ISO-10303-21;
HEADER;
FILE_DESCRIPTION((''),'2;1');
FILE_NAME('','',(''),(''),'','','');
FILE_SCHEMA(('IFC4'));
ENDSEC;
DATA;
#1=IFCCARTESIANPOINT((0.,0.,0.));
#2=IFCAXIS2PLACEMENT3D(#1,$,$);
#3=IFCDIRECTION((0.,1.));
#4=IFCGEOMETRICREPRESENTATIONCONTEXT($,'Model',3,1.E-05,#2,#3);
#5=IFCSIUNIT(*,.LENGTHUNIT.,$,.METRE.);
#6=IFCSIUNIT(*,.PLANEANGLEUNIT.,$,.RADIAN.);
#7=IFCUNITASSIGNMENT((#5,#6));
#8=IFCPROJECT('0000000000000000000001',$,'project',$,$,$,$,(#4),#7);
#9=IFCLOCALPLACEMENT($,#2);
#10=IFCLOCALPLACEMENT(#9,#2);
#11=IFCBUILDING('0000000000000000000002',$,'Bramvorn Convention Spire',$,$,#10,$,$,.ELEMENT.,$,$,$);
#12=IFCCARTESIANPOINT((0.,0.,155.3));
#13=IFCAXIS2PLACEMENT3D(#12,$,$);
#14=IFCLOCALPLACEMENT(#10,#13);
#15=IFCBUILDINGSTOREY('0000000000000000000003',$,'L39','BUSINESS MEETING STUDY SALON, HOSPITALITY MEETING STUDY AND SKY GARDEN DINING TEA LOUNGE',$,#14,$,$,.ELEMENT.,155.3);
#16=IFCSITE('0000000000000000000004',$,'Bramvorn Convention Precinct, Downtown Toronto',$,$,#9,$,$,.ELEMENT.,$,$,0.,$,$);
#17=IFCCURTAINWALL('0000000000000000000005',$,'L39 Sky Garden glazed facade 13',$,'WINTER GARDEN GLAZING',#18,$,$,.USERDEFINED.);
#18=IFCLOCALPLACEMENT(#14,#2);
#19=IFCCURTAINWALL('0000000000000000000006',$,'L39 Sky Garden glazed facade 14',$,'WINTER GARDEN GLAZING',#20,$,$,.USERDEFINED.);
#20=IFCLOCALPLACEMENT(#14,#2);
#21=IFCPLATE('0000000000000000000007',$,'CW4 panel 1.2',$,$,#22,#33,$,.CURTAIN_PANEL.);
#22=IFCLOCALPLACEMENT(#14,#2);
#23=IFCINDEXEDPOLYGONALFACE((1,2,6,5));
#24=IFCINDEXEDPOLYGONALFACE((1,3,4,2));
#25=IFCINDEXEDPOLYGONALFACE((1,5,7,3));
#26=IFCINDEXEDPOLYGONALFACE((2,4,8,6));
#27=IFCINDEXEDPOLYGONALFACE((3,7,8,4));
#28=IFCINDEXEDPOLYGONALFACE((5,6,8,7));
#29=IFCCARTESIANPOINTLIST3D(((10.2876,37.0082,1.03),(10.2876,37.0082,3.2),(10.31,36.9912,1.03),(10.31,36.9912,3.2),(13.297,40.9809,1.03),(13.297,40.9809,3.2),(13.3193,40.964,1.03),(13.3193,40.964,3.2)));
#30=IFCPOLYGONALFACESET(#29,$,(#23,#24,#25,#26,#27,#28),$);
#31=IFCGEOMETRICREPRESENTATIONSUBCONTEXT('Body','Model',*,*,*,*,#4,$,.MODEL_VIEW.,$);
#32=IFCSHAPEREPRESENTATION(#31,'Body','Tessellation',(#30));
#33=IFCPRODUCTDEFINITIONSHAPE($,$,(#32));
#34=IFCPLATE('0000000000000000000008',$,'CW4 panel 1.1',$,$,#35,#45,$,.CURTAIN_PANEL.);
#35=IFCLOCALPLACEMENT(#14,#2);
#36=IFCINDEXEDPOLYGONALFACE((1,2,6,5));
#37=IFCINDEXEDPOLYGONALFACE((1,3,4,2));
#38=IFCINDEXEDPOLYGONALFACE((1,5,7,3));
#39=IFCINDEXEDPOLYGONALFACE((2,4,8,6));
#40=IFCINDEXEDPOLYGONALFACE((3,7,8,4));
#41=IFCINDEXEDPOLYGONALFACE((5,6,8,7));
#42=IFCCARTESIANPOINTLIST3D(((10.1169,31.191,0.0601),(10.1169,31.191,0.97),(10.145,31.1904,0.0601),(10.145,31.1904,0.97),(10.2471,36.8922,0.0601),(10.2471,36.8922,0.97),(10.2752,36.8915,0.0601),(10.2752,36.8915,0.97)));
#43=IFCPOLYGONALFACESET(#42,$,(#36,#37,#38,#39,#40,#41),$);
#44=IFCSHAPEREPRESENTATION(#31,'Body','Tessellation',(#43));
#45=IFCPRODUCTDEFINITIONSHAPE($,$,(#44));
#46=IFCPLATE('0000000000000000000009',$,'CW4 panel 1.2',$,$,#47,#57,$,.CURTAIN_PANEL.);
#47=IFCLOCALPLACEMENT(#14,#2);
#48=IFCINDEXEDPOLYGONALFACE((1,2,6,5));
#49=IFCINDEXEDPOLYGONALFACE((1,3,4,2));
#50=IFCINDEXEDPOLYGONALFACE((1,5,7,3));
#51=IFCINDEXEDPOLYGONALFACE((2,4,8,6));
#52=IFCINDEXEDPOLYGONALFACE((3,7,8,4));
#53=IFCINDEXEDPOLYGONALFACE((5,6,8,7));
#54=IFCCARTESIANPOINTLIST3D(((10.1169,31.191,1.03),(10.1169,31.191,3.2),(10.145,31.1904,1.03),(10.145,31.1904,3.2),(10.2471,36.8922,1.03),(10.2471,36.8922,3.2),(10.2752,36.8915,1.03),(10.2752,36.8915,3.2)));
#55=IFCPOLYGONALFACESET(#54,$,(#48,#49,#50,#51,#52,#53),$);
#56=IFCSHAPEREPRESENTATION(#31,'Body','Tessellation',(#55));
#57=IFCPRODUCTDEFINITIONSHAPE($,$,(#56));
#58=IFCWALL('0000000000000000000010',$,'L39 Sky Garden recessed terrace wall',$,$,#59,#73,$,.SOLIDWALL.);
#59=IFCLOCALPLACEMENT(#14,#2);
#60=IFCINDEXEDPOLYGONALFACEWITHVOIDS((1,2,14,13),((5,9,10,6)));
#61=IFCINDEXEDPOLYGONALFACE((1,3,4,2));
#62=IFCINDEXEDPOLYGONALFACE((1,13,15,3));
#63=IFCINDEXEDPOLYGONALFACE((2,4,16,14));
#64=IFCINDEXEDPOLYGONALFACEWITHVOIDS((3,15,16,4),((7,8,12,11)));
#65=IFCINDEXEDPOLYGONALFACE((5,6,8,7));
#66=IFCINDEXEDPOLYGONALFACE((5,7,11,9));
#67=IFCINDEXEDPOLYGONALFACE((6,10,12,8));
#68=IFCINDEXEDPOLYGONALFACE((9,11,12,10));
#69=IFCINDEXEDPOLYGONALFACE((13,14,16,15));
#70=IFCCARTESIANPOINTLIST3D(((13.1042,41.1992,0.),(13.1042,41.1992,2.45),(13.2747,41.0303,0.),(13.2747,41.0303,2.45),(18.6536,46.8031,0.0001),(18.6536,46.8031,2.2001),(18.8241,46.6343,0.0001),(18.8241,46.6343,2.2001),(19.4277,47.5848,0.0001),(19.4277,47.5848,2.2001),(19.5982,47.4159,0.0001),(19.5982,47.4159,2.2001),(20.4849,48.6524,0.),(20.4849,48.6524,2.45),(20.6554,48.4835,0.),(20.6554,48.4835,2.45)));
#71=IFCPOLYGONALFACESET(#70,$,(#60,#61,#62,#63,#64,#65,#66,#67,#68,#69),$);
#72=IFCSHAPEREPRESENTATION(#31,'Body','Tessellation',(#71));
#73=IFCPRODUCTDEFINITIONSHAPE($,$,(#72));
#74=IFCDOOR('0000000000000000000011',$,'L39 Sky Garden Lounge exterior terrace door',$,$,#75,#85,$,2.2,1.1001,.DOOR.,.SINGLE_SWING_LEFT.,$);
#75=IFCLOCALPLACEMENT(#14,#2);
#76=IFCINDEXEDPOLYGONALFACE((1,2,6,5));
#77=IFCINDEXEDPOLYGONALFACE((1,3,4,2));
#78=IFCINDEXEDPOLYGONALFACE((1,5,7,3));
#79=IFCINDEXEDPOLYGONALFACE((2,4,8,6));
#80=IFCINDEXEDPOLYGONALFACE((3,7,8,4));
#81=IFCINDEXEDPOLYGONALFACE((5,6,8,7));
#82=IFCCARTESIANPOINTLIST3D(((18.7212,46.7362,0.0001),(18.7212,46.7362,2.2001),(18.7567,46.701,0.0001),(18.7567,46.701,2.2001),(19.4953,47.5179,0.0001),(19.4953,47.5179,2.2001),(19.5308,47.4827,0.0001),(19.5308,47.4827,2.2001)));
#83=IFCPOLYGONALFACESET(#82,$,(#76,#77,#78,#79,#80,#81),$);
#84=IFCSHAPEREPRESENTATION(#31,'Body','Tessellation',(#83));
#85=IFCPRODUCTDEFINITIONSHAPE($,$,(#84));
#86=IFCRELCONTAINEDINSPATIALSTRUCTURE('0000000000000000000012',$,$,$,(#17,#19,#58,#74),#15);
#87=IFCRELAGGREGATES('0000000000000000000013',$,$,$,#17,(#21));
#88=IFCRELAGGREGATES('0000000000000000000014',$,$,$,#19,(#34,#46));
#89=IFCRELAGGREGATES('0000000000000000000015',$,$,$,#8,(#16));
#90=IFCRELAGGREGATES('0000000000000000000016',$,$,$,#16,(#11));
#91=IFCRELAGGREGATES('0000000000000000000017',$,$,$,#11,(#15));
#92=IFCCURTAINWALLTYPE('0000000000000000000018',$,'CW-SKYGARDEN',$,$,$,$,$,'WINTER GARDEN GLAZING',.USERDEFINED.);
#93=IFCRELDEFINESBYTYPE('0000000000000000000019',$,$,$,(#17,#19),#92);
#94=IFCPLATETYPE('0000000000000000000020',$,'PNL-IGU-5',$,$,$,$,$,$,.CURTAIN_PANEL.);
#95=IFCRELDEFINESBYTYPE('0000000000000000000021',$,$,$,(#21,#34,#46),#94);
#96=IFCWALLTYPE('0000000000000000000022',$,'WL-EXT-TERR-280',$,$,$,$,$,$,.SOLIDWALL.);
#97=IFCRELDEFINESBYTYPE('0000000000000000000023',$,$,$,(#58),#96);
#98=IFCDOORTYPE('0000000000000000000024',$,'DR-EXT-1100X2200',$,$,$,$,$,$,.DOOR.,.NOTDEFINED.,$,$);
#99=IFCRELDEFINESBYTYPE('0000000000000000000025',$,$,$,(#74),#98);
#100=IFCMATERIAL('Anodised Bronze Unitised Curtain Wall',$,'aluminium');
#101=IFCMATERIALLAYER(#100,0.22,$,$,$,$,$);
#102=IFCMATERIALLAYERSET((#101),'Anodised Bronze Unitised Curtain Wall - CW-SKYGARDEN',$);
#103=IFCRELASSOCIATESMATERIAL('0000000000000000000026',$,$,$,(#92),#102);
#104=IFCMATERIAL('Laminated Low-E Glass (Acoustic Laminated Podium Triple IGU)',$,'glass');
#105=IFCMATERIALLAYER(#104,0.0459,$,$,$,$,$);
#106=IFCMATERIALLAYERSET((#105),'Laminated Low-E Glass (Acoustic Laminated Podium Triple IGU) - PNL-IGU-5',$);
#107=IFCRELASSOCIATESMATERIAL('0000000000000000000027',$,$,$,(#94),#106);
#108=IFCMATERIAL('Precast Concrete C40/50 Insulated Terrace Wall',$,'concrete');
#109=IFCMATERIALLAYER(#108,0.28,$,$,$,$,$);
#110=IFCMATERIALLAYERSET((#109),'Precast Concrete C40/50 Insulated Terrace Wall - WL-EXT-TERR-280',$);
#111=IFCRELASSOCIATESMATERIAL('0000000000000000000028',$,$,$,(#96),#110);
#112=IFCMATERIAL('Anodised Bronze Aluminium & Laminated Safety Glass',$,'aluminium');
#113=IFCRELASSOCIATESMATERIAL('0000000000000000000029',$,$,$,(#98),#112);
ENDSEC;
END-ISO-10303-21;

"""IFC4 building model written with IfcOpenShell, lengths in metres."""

from ifc_helpers import new_model, si_unit, direction, frame, frame_2d, origin, origin_2d, place, context, subcontext, project, spatial, rectangle, extrude, material, layer, layer_set, type_object, element, fill, aggregate, save


model = new_model("IFC4")

# Units and contexts
model_context = context("Model", 3, precision=1e-05, world=origin(), true_north=direction((0.0, 1.0)))
body_context = subcontext(model_context, "Body", "Model", "MODEL_VIEW")
ifc_project = project(units=[si_unit("LENGTHUNIT", "METRE"), si_unit("PLANEANGLEUNIT", "RADIAN")], contexts=[model_context])

# Site, building, storey
site_placement = place(None, origin())
site = spatial("IfcSite", under=ifc_project, at=site_placement, Name="Bramvorn Convention Precinct, Downtown Toronto", CompositionType="ELEMENT", RefElevation=0.0)
building_placement = place(site_placement, origin())
building = spatial("IfcBuilding", under=site, at=building_placement, Name="Bramvorn Convention Spire", CompositionType="ELEMENT")
storey_placement = place(building_placement, frame((0.0, 0.0, 155.3)))
storey = spatial("IfcBuildingStorey", under=building, at=storey_placement, Name="L39", Description="BUSINESS MEETING STUDY SALON, HOSPITALITY MEETING STUDY AND SKY GARDEN DINING TEA LOUNGE", CompositionType="ELEMENT", Elevation=155.3)

# Curtain wall
ifc_material_1 = material(Name="Anodised Bronze Unitised Curtain Wall", Category="aluminium")
ifc_layer_1 = layer(ifc_material_1, 0.22)
ifc_layer_set_1 = layer_set([ifc_layer_1], Name="Anodised Bronze Unitised Curtain Wall - CW-SKYGARDEN")
curtain_wall_type = type_object("IfcCurtainWallType", Name="CW-SKYGARDEN", ElementType="WINTER GARDEN GLAZING", PredefinedType="USERDEFINED", material=ifc_layer_set_1)
curtain_wall_1_placement = place(storey_placement, origin())
curtain_wall_1 = element("IfcCurtainWall", 1, at=curtain_wall_1_placement, inside=storey, type_object=curtain_wall_type, Name="L39 Sky Garden glazed facade 13", ObjectType="WINTER GARDEN GLAZING", PredefinedType="USERDEFINED")

# Curtain wall
curtain_wall_2_placement = place(storey_placement, origin())
curtain_wall_2 = element("IfcCurtainWall", 2, at=curtain_wall_2_placement, inside=storey, type_object=curtain_wall_type, Name="L39 Sky Garden glazed facade 14", ObjectType="WINTER GARDEN GLAZING", PredefinedType="USERDEFINED")

# Plates
ifc_material_2 = material(Name="Laminated Low-E Glass (Acoustic Laminated Podium Triple IGU)", Category="glass")
ifc_layer_2 = layer(ifc_material_2, 0.0459)
ifc_layer_set_2 = layer_set([ifc_layer_2], Name="Laminated Low-E Glass (Acoustic Laminated Podium Triple IGU) - PNL-IGU-5")
plate_type = type_object("IfcPlateType", Name="PNL-IGU-5", PredefinedType="CURTAIN_PANEL", material=ifc_layer_set_2)
plate_1_placement = place(storey_placement, frame((11.8035, 38.9861, 1.03), z_axis=(0.0, 0.0, 1.0), x_axis=(0.603821, 0.79712, 0.0)))
plate_1 = element("IfcPlate", 3, at=plate_1_placement, type_object=plate_type, Name="CW4 panel 1.2", PredefinedType="CURTAIN_PANEL", context=body_context, shape_type="SweptSolid", body=[
    extrude(rectangle(XDim=4.9839, YDim=0.0281, at=origin_2d()), origin(), (0.0, 0.0, 1.0), 2.1699),
])
aggregate(curtain_wall_1, [plate_1])
plate_2_placement = place(storey_placement, frame((10.196, 34.0413, 0.0601), z_axis=(0.0, 0.0, 1.0), x_axis=(0.022824, 0.999739, 0.0)))
plate_2 = element("IfcPlate", 4, at=plate_2_placement, type_object=plate_type, Name="CW4 panel 1.1", PredefinedType="CURTAIN_PANEL", context=body_context, shape_type="SweptSolid", body=[
    extrude(rectangle(XDim=5.7026, YDim=0.0281, at=origin_2d()), origin(), (0.0, 0.0, 1.0), 0.9099),
])
plate_3_placement = place(storey_placement, frame((10.196, 34.0413, 1.03), z_axis=(0.0, 0.0, 1.0), x_axis=(0.022824, 0.999739, 0.0)))
plate_3 = element("IfcPlate", 5, at=plate_3_placement, type_object=plate_type, Name="CW4 panel 1.2", PredefinedType="CURTAIN_PANEL", context=body_context, shape_type="SweptSolid", body=[
    extrude(rectangle(XDim=5.7026, YDim=0.0281, at=origin_2d()), origin(), (0.0, 0.0, 1.0), 2.1699),
])
aggregate(curtain_wall_2, [plate_2, plate_3])

# Wall, opening, door
ifc_material_3 = material(Name="Precast Concrete C40/50 Insulated Terrace Wall", Category="concrete")
ifc_layer_3 = layer(ifc_material_3, 0.28)
ifc_layer_set_3 = layer_set([ifc_layer_3], Name="Precast Concrete C40/50 Insulated Terrace Wall - WL-EXT-TERR-280")
wall_type = type_object("IfcWallType", Name="WL-EXT-TERR-280", PredefinedType="SOLIDWALL", material=ifc_layer_set_3)
wall_placement = place(storey_placement, frame((13.1895, 41.1147, 0.0), z_axis=(0.0, 0.0, 1.0), x_axis=(0.703642, 0.710555, 0.0)))
wall = element("IfcWall", 6, at=wall_placement, inside=storey, type_object=wall_type, Name="L39 Sky Garden recessed terrace wall", PredefinedType="SOLIDWALL", context=body_context, shape_type="SweptSolid", body=[
    extrude(rectangle(XDim=10.4893, YDim=0.24, at=frame_2d((5.2446, 0.0))), origin(), (0.0, 0.0, 1.0), 2.45),
])
opening_placement = place(wall_placement, frame((7.8867, 0.0, 0.0)))
opening = element("IfcOpeningElement", 7, at=opening_placement, cuts=wall, PredefinedType="OPENING", context=body_context, shape_type="SweptSolid", body=[
    extrude(rectangle(XDim=1.1001, YDim=2.2, at=frame_2d((0.55, 1.1001))), frame((0.0, 0.1299, 0.0), z_axis=(0.0, -1.0, 0.0), x_axis=(1.0, 0.0, 0.0)), (0.0, 0.0, 1.0), 0.26),
])
ifc_material_4 = material(Name="Anodised Bronze Aluminium & Laminated Safety Glass", Category="aluminium")
door_type = type_object("IfcDoorType", Name="DR-EXT-1100X2200", OperationType="NOTDEFINED", PredefinedType="DOOR", material=ifc_material_4)
door_placement = place(opening_placement, origin())
door = element("IfcDoor", 8, at=door_placement, inside=storey, type_object=door_type, Name="L39 Sky Garden Lounge exterior terrace door", OperationType="SINGLE_SWING_LEFT", OverallHeight=2.2, OverallWidth=1.1001, PredefinedType="DOOR", context=body_context, shape_type="SweptSolid", body=[
    extrude(rectangle(XDim=1.1001, YDim=2.2, at=frame_2d((0.55, 1.1001))), frame((0.0, 0.0249, 0.0), z_axis=(0.0, -1.0, 0.0), x_axis=(1.0, 0.0, 0.0)), (0.0, 0.0, 1.0), 0.05),
])
fill(opening, door)

save(model, "model.ifc")
